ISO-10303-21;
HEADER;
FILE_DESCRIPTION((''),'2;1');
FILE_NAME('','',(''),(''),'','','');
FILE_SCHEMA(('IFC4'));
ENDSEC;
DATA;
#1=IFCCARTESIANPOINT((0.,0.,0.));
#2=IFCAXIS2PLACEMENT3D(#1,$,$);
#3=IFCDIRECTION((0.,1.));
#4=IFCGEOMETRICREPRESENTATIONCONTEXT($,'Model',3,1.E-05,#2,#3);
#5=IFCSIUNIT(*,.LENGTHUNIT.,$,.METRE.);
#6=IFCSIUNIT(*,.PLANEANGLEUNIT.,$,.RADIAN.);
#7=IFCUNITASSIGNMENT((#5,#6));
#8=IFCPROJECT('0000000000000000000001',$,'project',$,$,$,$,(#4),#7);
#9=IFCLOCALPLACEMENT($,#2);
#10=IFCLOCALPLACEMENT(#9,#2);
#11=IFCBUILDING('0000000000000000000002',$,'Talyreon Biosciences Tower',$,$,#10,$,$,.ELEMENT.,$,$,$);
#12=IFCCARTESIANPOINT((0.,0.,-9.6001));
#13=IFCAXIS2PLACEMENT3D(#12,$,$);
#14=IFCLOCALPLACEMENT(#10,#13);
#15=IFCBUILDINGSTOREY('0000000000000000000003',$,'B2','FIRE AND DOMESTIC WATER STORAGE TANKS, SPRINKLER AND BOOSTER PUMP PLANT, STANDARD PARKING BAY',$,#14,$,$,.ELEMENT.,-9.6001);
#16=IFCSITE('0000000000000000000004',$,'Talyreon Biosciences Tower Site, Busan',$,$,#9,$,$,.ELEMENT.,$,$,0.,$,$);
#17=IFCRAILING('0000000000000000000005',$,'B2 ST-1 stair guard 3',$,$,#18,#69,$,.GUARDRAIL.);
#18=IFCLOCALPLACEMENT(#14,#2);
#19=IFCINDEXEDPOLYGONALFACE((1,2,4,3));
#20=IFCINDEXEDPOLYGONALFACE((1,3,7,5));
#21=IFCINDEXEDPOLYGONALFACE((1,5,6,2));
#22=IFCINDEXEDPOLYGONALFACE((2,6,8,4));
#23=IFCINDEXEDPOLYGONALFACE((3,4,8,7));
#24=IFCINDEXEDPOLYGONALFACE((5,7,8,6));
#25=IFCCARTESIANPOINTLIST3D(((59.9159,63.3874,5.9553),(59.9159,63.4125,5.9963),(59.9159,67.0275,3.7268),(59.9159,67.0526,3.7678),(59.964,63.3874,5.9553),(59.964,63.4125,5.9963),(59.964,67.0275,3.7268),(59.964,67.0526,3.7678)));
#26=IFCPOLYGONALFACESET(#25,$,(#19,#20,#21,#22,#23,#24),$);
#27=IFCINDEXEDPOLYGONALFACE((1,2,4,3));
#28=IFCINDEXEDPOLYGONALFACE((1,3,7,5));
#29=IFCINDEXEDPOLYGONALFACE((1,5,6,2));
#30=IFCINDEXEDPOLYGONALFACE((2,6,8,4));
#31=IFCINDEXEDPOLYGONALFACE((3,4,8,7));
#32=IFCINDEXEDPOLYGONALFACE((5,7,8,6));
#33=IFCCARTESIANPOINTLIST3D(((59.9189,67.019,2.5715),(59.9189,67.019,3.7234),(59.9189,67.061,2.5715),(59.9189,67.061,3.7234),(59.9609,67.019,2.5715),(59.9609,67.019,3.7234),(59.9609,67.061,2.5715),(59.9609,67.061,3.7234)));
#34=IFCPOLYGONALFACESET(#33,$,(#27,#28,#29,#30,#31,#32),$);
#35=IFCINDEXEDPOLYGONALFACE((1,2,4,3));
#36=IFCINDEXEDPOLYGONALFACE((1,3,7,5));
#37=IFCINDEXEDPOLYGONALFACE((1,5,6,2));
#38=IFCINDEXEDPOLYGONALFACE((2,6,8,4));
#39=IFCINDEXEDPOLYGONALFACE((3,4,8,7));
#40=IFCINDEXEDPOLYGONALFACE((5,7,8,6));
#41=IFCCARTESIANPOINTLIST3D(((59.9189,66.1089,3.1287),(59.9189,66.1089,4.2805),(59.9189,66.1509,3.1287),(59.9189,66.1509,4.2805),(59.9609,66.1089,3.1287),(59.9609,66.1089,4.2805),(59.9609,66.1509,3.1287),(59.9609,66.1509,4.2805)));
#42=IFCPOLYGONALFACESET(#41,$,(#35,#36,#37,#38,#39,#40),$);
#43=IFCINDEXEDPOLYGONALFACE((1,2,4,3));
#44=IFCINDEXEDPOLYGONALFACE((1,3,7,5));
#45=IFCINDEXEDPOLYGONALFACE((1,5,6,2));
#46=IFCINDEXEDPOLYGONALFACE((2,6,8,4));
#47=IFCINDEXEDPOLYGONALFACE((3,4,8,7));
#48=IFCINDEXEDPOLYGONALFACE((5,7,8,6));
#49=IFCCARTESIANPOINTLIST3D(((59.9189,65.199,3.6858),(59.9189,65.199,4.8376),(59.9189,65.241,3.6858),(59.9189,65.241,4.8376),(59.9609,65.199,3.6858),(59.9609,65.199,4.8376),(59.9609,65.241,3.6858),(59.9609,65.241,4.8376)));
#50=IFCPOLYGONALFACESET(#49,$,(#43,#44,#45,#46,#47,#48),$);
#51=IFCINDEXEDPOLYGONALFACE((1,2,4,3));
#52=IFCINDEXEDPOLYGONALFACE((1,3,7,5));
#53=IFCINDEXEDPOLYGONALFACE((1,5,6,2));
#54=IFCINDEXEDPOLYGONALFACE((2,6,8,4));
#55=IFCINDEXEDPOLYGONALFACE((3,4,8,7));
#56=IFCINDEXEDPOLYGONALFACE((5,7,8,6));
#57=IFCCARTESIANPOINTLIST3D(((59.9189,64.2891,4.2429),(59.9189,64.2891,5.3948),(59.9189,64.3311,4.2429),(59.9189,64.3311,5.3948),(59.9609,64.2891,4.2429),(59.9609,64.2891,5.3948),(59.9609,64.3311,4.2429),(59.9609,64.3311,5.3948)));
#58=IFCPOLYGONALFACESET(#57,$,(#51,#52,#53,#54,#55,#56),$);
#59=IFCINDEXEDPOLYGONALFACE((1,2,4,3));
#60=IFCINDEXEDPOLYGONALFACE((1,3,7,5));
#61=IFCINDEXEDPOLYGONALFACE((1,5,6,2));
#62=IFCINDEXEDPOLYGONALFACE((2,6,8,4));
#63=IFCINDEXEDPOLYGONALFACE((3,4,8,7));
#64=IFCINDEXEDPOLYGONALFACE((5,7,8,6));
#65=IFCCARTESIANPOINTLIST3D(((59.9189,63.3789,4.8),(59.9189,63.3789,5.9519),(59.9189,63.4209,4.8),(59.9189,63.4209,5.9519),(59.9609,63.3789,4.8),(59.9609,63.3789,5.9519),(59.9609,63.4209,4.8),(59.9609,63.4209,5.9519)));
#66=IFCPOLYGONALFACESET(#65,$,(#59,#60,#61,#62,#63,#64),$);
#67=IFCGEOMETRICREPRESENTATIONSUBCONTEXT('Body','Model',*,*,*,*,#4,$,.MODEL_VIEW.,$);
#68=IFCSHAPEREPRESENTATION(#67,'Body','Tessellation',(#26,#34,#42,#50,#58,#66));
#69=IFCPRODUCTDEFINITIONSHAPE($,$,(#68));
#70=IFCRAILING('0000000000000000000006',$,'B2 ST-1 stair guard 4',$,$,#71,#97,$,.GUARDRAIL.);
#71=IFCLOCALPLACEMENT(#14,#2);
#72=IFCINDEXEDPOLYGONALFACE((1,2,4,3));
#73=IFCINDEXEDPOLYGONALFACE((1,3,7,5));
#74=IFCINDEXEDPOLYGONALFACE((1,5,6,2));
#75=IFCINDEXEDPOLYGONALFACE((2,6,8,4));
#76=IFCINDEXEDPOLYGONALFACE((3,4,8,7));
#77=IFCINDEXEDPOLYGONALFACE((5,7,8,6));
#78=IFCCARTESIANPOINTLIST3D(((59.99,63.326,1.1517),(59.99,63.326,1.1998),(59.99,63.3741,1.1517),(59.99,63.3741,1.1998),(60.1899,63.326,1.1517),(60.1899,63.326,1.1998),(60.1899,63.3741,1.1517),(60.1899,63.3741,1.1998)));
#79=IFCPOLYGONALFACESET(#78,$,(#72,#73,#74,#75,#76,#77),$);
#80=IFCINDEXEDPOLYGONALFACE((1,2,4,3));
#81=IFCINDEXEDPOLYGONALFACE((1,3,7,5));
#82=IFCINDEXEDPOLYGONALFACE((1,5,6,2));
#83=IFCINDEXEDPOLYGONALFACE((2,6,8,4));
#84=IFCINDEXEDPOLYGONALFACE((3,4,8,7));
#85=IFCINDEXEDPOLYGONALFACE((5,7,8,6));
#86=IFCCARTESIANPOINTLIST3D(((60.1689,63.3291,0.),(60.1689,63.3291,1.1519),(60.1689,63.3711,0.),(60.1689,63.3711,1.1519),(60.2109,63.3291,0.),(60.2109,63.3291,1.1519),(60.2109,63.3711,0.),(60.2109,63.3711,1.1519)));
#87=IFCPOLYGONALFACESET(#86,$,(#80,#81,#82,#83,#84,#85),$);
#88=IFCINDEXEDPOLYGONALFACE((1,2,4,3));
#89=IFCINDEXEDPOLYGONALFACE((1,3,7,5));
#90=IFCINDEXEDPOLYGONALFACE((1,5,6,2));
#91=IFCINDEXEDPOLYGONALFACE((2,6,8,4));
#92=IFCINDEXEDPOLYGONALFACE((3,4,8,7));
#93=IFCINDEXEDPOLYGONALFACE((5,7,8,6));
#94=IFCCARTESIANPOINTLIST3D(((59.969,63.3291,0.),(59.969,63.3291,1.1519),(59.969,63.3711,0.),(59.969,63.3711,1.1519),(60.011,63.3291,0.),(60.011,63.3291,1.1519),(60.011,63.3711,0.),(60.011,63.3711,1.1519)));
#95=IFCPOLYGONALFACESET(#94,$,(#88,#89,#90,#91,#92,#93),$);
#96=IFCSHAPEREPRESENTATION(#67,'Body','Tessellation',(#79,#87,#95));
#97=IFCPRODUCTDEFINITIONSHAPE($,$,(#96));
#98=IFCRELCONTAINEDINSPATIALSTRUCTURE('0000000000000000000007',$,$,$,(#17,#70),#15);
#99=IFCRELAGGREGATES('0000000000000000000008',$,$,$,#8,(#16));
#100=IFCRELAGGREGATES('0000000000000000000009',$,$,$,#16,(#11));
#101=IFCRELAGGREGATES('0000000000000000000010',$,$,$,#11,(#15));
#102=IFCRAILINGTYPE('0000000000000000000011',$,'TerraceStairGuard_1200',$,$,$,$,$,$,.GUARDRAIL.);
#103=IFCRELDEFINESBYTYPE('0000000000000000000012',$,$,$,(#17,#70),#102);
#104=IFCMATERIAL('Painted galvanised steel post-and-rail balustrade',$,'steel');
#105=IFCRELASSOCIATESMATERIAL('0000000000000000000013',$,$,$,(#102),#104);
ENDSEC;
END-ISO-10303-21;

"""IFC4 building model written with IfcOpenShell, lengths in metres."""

from ifc_helpers import new_model, si_unit, direction, frame, origin, origin_2d, place, context, subcontext, project, spatial, rectangle, extrude, material, type_object, element, save


model = new_model("IFC4")

# Units and contexts
model_context = context("Model", 3, precision=1e-05, world=origin(), true_north=direction((0.0, 1.0)))
body_context = subcontext(model_context, "Body", "Model", "MODEL_VIEW")
ifc_project = project(units=[si_unit("LENGTHUNIT", "METRE"), si_unit("PLANEANGLEUNIT", "RADIAN")], contexts=[model_context])

# Site, building, storey
site_placement = place(None, origin())
site = spatial("IfcSite", under=ifc_project, at=site_placement, Name="Talyreon Biosciences Tower Site, Busan", CompositionType="ELEMENT", RefElevation=0.0)
building_placement = place(site_placement, origin())
building = spatial("IfcBuilding", under=site, at=building_placement, Name="Talyreon Biosciences Tower", CompositionType="ELEMENT")
storey_placement = place(building_placement, frame((0.0, 0.0, -9.6001)))
storey = spatial("IfcBuildingStorey", under=building, at=storey_placement, Name="B2", Description="FIRE AND DOMESTIC WATER STORAGE TANKS, SPRINKLER AND BOOSTER PUMP PLANT, STANDARD PARKING BAY", CompositionType="ELEMENT", Elevation=-9.6001)

# Railings
ifc_material_1 = material(Name="Painted galvanised steel post-and-rail balustrade", Category="steel")
railing_type_1 = type_object("IfcRailingType", Name="TerraceStairGuard_1200", PredefinedType="GUARDRAIL", material=ifc_material_1)
railing_1_placement = place(storey_placement, frame((59.9399, 67.04, 2.5715)))
element("IfcRailing", 1, at=railing_1_placement, inside=storey, type_object=railing_type_1, Name="B2 ST-1 stair guard 3", PredefinedType="GUARDRAIL", context=body_context, shape_type="SweptSolid", body=[
    extrude(rectangle(XDim=0.0481, YDim=0.0481, at=origin_2d()), frame((0.0, 0.0, 1.1758), z_axis=(0.0, -0.852866, 0.52213), x_axis=(1.0, 0.0, 0.0)), (0.0, 0.0, 1.0), 4.2681),
    extrude(rectangle(XDim=0.042, YDim=0.042, at=origin_2d()), origin(), (0.0, 0.0, 1.0), 1.1519),
    extrude(rectangle(XDim=0.042, YDim=0.042, at=origin_2d()), frame((0.0, -0.9102, 0.5571)), (0.0, 0.0, 1.0), 1.1519),
    extrude(rectangle(XDim=0.042, YDim=0.042, at=origin_2d()), frame((0.0, -1.8201, 1.1143)), (0.0, 0.0, 1.0), 1.1519),
    extrude(rectangle(XDim=0.042, YDim=0.042, at=origin_2d()), frame((0.0, -2.73, 1.6714)), (0.0, 0.0, 1.0), 1.1519),
    extrude(rectangle(XDim=0.042, YDim=0.042, at=origin_2d()), frame((0.0, -3.6401, 2.2285)), (0.0, 0.0, 1.0), 1.1519),
])
railing_2_placement = place(storey_placement, frame((60.1899, 63.3501, 0.0)))
element("IfcRailing", 2, at=railing_2_placement, inside=storey, type_object=railing_type_1, Name="B2 ST-1 stair guard 4", PredefinedType="GUARDRAIL", context=body_context, shape_type="SweptSolid", body=[
    extrude(rectangle(XDim=0.0481, YDim=0.0481, at=origin_2d()), frame((0.0, 0.0, 1.1758), z_axis=(-1.0, 0.0, 0.0), x_axis=(0.0, -1.0, 0.0)), (0.0, 0.0, 1.0), 0.2),
    extrude(rectangle(XDim=0.042, YDim=0.042, at=origin_2d()), origin(), (0.0, 0.0, 1.0), 1.1519),
    extrude(rectangle(XDim=0.042, YDim=0.042, at=origin_2d()), frame((-0.2, 0.0, 0.0)), (0.0, 0.0, 1.0), 1.1519),
])

save(model, "model.ifc")
